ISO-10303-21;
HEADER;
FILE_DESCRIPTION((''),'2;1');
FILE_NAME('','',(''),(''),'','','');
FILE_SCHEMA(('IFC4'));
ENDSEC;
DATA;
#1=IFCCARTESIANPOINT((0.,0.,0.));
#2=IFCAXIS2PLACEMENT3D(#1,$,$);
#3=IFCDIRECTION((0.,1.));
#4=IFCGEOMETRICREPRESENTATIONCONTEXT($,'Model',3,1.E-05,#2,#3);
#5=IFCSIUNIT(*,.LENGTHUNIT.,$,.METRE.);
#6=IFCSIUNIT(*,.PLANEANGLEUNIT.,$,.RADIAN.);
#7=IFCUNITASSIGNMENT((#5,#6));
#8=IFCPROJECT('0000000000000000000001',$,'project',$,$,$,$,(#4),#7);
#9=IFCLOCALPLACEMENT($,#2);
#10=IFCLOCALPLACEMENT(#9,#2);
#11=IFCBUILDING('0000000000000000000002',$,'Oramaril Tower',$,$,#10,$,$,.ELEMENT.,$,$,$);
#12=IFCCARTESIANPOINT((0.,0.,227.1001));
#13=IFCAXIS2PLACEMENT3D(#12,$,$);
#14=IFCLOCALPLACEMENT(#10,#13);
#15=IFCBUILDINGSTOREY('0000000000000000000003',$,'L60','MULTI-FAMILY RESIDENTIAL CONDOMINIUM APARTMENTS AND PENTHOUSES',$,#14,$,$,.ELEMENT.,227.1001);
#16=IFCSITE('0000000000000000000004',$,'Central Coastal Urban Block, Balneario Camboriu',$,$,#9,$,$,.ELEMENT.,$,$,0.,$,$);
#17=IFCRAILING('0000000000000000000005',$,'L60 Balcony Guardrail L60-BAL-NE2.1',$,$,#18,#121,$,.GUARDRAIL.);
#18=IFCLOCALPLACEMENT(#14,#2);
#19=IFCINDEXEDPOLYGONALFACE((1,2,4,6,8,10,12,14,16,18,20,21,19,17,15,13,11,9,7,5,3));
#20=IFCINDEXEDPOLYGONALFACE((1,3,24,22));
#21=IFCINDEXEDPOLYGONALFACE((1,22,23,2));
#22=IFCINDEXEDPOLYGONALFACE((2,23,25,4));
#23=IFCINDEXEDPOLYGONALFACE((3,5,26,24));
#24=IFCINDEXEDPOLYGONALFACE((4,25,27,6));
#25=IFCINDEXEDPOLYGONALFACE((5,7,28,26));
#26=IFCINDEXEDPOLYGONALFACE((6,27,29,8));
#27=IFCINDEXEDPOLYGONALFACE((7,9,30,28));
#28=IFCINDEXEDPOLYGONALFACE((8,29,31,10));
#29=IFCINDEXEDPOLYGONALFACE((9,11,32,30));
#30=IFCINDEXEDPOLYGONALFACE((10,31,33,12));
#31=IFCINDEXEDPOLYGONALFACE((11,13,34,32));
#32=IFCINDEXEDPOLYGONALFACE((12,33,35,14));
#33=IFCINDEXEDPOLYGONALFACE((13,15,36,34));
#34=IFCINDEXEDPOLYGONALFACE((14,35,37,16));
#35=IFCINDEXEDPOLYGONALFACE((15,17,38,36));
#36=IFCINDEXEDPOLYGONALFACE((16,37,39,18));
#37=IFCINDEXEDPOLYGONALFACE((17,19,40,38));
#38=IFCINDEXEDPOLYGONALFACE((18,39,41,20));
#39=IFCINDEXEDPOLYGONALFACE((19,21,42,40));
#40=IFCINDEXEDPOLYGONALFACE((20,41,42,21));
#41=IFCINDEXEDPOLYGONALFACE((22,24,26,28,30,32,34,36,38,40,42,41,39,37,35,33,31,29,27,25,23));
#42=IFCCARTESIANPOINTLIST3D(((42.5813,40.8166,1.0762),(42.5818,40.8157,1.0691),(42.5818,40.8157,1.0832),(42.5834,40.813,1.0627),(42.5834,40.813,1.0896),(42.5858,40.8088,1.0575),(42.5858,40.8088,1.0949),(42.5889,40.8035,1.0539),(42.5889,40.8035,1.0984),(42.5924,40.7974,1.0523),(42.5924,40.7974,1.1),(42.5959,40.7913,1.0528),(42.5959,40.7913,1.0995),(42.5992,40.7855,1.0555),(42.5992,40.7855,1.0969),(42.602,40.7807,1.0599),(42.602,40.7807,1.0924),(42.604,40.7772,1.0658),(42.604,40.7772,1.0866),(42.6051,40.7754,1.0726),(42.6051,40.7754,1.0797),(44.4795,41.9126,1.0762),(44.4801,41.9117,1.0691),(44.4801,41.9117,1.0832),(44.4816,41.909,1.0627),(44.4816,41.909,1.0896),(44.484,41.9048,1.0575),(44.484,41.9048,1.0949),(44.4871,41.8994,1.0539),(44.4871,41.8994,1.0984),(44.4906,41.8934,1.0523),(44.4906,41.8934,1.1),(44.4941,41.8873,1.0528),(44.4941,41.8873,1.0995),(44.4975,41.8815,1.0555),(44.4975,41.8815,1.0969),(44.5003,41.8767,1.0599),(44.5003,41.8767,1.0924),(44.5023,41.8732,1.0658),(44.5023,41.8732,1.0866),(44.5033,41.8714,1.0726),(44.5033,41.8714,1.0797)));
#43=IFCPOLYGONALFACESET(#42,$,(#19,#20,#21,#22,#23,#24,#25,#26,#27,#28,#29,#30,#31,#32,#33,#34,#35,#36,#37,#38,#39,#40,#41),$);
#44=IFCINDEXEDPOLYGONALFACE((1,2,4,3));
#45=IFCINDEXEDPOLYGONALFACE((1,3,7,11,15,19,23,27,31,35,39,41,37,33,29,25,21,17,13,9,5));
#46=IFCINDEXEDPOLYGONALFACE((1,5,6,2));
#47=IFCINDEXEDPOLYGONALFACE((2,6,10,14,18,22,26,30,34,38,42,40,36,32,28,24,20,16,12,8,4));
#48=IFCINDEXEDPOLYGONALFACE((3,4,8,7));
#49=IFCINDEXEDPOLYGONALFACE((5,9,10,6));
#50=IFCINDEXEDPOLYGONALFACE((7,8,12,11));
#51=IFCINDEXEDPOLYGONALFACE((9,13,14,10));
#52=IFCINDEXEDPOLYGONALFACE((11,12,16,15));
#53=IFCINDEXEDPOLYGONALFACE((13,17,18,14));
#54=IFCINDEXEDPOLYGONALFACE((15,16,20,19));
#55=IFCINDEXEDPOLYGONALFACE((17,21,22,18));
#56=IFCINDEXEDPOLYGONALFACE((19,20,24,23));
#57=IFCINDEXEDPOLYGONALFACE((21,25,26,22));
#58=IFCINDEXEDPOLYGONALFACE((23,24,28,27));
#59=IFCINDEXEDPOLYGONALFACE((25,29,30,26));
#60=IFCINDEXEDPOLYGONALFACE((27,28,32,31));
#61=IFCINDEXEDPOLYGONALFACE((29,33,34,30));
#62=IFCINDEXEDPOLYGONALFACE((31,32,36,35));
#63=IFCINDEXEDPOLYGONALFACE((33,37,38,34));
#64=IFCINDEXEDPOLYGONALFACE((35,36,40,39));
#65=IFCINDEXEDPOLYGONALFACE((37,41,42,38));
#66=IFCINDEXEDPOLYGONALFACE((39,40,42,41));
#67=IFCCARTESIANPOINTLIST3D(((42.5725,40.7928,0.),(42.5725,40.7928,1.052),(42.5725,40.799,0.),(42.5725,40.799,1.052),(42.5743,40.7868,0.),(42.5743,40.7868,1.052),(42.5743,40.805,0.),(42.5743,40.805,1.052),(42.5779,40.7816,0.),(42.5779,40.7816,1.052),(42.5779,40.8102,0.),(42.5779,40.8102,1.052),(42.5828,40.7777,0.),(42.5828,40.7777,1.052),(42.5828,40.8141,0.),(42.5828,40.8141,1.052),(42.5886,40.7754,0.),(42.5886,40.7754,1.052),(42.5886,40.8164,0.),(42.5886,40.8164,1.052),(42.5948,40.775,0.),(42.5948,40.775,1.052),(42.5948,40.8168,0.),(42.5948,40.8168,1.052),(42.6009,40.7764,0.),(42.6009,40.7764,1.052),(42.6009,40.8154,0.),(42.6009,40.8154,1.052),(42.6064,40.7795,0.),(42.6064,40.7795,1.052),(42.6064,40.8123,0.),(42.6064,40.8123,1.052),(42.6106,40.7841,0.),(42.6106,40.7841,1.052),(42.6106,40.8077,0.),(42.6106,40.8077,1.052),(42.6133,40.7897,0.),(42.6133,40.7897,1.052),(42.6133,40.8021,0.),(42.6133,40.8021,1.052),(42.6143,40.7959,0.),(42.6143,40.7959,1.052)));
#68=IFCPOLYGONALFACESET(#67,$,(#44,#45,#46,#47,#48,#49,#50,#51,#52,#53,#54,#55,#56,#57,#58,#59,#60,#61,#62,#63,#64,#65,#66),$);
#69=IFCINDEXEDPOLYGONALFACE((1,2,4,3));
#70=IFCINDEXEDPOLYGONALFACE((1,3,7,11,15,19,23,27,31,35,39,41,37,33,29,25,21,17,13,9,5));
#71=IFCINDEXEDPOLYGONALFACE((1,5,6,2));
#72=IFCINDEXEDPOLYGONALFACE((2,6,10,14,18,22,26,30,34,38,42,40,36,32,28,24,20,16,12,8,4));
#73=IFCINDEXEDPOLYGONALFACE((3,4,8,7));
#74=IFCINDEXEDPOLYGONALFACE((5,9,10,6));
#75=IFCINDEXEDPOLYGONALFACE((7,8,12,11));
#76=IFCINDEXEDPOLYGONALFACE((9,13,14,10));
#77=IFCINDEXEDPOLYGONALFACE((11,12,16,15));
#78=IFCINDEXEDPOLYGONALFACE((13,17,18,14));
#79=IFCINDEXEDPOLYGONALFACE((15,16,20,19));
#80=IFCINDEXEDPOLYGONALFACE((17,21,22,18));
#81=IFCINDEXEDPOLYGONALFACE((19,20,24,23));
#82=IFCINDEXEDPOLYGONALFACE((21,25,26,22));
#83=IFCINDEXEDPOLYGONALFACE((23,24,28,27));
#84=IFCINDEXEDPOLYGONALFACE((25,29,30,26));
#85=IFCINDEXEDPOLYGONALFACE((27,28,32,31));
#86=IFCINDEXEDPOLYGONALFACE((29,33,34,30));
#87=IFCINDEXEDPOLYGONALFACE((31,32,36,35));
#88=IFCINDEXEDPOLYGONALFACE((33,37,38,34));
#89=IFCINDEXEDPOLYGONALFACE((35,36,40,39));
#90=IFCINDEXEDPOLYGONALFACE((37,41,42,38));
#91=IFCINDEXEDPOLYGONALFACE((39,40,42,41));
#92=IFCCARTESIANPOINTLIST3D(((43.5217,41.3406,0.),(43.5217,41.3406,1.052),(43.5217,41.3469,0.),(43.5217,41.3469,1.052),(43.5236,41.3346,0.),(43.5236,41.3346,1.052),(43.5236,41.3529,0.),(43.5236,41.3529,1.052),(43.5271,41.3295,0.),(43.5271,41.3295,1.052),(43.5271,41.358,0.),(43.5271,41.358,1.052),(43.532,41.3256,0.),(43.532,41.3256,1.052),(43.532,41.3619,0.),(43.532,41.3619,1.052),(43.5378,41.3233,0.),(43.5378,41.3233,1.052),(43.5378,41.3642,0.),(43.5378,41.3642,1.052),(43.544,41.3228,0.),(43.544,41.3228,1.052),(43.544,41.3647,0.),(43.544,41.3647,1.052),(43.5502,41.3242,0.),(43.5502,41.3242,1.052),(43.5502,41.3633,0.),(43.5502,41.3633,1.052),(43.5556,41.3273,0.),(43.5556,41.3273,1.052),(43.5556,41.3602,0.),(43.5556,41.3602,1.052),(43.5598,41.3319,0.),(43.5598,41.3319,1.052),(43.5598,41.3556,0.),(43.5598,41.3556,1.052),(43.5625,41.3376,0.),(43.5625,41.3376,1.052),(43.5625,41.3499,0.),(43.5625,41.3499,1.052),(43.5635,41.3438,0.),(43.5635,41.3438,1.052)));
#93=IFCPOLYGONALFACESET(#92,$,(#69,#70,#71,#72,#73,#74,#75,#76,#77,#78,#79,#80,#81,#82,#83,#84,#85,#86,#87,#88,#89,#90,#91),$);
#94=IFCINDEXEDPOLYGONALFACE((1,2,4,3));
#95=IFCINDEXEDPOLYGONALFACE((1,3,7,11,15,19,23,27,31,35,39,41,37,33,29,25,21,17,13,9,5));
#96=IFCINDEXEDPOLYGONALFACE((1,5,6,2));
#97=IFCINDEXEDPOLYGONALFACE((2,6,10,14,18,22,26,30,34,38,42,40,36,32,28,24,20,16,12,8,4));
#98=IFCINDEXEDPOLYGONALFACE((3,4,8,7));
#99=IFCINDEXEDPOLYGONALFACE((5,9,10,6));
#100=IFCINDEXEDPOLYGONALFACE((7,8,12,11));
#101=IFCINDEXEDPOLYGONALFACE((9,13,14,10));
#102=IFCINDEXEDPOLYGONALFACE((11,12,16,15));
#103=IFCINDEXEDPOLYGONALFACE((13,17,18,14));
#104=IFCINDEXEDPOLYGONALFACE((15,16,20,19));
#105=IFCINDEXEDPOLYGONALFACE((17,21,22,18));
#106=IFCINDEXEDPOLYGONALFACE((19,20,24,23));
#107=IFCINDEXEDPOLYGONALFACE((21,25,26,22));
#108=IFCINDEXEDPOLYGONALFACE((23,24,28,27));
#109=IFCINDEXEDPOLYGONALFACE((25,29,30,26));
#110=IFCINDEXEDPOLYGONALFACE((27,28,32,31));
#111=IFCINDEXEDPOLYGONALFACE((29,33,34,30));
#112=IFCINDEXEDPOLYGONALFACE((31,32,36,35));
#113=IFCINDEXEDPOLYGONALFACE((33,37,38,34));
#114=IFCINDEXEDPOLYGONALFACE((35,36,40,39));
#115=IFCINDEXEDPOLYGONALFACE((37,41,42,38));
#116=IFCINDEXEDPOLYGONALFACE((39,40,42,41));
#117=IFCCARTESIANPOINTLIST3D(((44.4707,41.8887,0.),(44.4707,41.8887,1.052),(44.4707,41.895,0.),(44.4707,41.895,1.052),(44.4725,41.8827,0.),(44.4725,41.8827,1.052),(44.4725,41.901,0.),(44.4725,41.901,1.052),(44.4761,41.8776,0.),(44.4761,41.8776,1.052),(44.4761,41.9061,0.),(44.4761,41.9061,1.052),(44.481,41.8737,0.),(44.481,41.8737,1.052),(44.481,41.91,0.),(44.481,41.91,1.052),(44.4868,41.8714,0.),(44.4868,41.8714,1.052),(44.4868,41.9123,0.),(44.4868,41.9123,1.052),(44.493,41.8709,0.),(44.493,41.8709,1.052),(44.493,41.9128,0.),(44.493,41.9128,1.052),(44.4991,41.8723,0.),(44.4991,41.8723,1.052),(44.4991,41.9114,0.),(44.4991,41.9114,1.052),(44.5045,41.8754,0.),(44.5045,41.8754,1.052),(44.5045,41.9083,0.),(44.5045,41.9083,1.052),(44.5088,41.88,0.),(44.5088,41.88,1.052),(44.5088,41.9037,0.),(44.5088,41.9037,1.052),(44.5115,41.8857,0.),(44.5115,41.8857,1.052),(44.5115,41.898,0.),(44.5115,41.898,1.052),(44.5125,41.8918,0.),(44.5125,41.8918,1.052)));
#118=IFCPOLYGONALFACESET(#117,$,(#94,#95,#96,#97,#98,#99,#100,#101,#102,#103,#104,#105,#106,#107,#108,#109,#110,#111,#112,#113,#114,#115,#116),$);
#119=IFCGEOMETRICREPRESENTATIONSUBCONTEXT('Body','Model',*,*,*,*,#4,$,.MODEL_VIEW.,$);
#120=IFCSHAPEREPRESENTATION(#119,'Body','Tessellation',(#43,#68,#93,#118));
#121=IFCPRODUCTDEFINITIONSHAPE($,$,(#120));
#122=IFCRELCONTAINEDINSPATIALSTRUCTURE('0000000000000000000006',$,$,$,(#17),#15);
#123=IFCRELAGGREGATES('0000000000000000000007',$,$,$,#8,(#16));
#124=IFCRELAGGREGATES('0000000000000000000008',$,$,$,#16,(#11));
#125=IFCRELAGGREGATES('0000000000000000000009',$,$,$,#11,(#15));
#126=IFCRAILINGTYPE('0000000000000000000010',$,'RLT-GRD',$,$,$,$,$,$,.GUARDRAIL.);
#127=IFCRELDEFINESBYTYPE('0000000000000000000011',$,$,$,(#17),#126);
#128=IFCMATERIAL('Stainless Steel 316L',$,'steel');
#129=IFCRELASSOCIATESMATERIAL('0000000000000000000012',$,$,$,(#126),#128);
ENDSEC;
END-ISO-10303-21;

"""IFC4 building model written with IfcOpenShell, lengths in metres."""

from ifc_helpers import new_model, si_unit, direction, frame, origin, origin_2d, place, context, subcontext, project, spatial, circle, extrude, material, type_object, element, save


model = new_model("IFC4")

# Units and contexts
model_context = context("Model", 3, precision=1e-05, world=origin(), true_north=direction((0.0, 1.0)))
body_context = subcontext(model_context, "Body", "Model", "MODEL_VIEW")
ifc_project = project(units=[si_unit("LENGTHUNIT", "METRE"), si_unit("PLANEANGLEUNIT", "RADIAN")], contexts=[model_context])

# Site, building, storey
site_placement = place(None, origin())
site = spatial("IfcSite", under=ifc_project, at=site_placement, Name="Central Coastal Urban Block, Balneario Camboriu", CompositionType="ELEMENT", RefElevation=0.0)
building_placement = place(site_placement, origin())
building = spatial("IfcBuilding", under=site, at=building_placement, Name="Oramaril Tower", CompositionType="ELEMENT")
storey_placement = place(building_placement, frame((0.0, 0.0, 227.1001)))
storey = spatial("IfcBuildingStorey", under=building, at=storey_placement, Name="L60", Description="MULTI-FAMILY RESIDENTIAL CONDOMINIUM APARTMENTS AND PENTHOUSES", CompositionType="ELEMENT", Elevation=227.1001)

# Railing
ifc_material_1 = material(Name="Stainless Steel 316L", Category="steel")
railing_type = type_object("IfcRailingType", Name="RLT-GRD", PredefinedType="GUARDRAIL", material=ifc_material_1)
railing_1_placement = place(storey_placement, frame((42.5933, 40.7959, 0.0)))
element("IfcRailing", 1, at=railing_1_placement, inside=storey, type_object=railing_type, Name="L60 Balcony Guardrail L60-BAL-NE2.1", PredefinedType="GUARDRAIL", context=body_context, shape_type="SweptSolid", body=[
    extrude(circle(Radius=0.0239, at=origin_2d()), frame((0.0, 0.0, 1.0762), z_axis=(0.866021, 0.500008, 0.0), x_axis=(-0.500008, 0.866021, 0.0)), (0.0, 0.0, 1.0), 2.1919),
    extrude(circle(Radius=0.021, at=origin_2d()), origin(), (0.0, 0.0, 1.0), 1.052),
    extrude(circle(Radius=0.021, at=origin_2d()), frame((0.9492, 0.5479, 0.0)), (0.0, 0.0, 1.0), 1.052),
    extrude(circle(Radius=0.021, at=origin_2d()), frame((1.8982, 1.0959, 0.0)), (0.0, 0.0, 1.0), 1.052),
])

save(model, "model.ifc")
